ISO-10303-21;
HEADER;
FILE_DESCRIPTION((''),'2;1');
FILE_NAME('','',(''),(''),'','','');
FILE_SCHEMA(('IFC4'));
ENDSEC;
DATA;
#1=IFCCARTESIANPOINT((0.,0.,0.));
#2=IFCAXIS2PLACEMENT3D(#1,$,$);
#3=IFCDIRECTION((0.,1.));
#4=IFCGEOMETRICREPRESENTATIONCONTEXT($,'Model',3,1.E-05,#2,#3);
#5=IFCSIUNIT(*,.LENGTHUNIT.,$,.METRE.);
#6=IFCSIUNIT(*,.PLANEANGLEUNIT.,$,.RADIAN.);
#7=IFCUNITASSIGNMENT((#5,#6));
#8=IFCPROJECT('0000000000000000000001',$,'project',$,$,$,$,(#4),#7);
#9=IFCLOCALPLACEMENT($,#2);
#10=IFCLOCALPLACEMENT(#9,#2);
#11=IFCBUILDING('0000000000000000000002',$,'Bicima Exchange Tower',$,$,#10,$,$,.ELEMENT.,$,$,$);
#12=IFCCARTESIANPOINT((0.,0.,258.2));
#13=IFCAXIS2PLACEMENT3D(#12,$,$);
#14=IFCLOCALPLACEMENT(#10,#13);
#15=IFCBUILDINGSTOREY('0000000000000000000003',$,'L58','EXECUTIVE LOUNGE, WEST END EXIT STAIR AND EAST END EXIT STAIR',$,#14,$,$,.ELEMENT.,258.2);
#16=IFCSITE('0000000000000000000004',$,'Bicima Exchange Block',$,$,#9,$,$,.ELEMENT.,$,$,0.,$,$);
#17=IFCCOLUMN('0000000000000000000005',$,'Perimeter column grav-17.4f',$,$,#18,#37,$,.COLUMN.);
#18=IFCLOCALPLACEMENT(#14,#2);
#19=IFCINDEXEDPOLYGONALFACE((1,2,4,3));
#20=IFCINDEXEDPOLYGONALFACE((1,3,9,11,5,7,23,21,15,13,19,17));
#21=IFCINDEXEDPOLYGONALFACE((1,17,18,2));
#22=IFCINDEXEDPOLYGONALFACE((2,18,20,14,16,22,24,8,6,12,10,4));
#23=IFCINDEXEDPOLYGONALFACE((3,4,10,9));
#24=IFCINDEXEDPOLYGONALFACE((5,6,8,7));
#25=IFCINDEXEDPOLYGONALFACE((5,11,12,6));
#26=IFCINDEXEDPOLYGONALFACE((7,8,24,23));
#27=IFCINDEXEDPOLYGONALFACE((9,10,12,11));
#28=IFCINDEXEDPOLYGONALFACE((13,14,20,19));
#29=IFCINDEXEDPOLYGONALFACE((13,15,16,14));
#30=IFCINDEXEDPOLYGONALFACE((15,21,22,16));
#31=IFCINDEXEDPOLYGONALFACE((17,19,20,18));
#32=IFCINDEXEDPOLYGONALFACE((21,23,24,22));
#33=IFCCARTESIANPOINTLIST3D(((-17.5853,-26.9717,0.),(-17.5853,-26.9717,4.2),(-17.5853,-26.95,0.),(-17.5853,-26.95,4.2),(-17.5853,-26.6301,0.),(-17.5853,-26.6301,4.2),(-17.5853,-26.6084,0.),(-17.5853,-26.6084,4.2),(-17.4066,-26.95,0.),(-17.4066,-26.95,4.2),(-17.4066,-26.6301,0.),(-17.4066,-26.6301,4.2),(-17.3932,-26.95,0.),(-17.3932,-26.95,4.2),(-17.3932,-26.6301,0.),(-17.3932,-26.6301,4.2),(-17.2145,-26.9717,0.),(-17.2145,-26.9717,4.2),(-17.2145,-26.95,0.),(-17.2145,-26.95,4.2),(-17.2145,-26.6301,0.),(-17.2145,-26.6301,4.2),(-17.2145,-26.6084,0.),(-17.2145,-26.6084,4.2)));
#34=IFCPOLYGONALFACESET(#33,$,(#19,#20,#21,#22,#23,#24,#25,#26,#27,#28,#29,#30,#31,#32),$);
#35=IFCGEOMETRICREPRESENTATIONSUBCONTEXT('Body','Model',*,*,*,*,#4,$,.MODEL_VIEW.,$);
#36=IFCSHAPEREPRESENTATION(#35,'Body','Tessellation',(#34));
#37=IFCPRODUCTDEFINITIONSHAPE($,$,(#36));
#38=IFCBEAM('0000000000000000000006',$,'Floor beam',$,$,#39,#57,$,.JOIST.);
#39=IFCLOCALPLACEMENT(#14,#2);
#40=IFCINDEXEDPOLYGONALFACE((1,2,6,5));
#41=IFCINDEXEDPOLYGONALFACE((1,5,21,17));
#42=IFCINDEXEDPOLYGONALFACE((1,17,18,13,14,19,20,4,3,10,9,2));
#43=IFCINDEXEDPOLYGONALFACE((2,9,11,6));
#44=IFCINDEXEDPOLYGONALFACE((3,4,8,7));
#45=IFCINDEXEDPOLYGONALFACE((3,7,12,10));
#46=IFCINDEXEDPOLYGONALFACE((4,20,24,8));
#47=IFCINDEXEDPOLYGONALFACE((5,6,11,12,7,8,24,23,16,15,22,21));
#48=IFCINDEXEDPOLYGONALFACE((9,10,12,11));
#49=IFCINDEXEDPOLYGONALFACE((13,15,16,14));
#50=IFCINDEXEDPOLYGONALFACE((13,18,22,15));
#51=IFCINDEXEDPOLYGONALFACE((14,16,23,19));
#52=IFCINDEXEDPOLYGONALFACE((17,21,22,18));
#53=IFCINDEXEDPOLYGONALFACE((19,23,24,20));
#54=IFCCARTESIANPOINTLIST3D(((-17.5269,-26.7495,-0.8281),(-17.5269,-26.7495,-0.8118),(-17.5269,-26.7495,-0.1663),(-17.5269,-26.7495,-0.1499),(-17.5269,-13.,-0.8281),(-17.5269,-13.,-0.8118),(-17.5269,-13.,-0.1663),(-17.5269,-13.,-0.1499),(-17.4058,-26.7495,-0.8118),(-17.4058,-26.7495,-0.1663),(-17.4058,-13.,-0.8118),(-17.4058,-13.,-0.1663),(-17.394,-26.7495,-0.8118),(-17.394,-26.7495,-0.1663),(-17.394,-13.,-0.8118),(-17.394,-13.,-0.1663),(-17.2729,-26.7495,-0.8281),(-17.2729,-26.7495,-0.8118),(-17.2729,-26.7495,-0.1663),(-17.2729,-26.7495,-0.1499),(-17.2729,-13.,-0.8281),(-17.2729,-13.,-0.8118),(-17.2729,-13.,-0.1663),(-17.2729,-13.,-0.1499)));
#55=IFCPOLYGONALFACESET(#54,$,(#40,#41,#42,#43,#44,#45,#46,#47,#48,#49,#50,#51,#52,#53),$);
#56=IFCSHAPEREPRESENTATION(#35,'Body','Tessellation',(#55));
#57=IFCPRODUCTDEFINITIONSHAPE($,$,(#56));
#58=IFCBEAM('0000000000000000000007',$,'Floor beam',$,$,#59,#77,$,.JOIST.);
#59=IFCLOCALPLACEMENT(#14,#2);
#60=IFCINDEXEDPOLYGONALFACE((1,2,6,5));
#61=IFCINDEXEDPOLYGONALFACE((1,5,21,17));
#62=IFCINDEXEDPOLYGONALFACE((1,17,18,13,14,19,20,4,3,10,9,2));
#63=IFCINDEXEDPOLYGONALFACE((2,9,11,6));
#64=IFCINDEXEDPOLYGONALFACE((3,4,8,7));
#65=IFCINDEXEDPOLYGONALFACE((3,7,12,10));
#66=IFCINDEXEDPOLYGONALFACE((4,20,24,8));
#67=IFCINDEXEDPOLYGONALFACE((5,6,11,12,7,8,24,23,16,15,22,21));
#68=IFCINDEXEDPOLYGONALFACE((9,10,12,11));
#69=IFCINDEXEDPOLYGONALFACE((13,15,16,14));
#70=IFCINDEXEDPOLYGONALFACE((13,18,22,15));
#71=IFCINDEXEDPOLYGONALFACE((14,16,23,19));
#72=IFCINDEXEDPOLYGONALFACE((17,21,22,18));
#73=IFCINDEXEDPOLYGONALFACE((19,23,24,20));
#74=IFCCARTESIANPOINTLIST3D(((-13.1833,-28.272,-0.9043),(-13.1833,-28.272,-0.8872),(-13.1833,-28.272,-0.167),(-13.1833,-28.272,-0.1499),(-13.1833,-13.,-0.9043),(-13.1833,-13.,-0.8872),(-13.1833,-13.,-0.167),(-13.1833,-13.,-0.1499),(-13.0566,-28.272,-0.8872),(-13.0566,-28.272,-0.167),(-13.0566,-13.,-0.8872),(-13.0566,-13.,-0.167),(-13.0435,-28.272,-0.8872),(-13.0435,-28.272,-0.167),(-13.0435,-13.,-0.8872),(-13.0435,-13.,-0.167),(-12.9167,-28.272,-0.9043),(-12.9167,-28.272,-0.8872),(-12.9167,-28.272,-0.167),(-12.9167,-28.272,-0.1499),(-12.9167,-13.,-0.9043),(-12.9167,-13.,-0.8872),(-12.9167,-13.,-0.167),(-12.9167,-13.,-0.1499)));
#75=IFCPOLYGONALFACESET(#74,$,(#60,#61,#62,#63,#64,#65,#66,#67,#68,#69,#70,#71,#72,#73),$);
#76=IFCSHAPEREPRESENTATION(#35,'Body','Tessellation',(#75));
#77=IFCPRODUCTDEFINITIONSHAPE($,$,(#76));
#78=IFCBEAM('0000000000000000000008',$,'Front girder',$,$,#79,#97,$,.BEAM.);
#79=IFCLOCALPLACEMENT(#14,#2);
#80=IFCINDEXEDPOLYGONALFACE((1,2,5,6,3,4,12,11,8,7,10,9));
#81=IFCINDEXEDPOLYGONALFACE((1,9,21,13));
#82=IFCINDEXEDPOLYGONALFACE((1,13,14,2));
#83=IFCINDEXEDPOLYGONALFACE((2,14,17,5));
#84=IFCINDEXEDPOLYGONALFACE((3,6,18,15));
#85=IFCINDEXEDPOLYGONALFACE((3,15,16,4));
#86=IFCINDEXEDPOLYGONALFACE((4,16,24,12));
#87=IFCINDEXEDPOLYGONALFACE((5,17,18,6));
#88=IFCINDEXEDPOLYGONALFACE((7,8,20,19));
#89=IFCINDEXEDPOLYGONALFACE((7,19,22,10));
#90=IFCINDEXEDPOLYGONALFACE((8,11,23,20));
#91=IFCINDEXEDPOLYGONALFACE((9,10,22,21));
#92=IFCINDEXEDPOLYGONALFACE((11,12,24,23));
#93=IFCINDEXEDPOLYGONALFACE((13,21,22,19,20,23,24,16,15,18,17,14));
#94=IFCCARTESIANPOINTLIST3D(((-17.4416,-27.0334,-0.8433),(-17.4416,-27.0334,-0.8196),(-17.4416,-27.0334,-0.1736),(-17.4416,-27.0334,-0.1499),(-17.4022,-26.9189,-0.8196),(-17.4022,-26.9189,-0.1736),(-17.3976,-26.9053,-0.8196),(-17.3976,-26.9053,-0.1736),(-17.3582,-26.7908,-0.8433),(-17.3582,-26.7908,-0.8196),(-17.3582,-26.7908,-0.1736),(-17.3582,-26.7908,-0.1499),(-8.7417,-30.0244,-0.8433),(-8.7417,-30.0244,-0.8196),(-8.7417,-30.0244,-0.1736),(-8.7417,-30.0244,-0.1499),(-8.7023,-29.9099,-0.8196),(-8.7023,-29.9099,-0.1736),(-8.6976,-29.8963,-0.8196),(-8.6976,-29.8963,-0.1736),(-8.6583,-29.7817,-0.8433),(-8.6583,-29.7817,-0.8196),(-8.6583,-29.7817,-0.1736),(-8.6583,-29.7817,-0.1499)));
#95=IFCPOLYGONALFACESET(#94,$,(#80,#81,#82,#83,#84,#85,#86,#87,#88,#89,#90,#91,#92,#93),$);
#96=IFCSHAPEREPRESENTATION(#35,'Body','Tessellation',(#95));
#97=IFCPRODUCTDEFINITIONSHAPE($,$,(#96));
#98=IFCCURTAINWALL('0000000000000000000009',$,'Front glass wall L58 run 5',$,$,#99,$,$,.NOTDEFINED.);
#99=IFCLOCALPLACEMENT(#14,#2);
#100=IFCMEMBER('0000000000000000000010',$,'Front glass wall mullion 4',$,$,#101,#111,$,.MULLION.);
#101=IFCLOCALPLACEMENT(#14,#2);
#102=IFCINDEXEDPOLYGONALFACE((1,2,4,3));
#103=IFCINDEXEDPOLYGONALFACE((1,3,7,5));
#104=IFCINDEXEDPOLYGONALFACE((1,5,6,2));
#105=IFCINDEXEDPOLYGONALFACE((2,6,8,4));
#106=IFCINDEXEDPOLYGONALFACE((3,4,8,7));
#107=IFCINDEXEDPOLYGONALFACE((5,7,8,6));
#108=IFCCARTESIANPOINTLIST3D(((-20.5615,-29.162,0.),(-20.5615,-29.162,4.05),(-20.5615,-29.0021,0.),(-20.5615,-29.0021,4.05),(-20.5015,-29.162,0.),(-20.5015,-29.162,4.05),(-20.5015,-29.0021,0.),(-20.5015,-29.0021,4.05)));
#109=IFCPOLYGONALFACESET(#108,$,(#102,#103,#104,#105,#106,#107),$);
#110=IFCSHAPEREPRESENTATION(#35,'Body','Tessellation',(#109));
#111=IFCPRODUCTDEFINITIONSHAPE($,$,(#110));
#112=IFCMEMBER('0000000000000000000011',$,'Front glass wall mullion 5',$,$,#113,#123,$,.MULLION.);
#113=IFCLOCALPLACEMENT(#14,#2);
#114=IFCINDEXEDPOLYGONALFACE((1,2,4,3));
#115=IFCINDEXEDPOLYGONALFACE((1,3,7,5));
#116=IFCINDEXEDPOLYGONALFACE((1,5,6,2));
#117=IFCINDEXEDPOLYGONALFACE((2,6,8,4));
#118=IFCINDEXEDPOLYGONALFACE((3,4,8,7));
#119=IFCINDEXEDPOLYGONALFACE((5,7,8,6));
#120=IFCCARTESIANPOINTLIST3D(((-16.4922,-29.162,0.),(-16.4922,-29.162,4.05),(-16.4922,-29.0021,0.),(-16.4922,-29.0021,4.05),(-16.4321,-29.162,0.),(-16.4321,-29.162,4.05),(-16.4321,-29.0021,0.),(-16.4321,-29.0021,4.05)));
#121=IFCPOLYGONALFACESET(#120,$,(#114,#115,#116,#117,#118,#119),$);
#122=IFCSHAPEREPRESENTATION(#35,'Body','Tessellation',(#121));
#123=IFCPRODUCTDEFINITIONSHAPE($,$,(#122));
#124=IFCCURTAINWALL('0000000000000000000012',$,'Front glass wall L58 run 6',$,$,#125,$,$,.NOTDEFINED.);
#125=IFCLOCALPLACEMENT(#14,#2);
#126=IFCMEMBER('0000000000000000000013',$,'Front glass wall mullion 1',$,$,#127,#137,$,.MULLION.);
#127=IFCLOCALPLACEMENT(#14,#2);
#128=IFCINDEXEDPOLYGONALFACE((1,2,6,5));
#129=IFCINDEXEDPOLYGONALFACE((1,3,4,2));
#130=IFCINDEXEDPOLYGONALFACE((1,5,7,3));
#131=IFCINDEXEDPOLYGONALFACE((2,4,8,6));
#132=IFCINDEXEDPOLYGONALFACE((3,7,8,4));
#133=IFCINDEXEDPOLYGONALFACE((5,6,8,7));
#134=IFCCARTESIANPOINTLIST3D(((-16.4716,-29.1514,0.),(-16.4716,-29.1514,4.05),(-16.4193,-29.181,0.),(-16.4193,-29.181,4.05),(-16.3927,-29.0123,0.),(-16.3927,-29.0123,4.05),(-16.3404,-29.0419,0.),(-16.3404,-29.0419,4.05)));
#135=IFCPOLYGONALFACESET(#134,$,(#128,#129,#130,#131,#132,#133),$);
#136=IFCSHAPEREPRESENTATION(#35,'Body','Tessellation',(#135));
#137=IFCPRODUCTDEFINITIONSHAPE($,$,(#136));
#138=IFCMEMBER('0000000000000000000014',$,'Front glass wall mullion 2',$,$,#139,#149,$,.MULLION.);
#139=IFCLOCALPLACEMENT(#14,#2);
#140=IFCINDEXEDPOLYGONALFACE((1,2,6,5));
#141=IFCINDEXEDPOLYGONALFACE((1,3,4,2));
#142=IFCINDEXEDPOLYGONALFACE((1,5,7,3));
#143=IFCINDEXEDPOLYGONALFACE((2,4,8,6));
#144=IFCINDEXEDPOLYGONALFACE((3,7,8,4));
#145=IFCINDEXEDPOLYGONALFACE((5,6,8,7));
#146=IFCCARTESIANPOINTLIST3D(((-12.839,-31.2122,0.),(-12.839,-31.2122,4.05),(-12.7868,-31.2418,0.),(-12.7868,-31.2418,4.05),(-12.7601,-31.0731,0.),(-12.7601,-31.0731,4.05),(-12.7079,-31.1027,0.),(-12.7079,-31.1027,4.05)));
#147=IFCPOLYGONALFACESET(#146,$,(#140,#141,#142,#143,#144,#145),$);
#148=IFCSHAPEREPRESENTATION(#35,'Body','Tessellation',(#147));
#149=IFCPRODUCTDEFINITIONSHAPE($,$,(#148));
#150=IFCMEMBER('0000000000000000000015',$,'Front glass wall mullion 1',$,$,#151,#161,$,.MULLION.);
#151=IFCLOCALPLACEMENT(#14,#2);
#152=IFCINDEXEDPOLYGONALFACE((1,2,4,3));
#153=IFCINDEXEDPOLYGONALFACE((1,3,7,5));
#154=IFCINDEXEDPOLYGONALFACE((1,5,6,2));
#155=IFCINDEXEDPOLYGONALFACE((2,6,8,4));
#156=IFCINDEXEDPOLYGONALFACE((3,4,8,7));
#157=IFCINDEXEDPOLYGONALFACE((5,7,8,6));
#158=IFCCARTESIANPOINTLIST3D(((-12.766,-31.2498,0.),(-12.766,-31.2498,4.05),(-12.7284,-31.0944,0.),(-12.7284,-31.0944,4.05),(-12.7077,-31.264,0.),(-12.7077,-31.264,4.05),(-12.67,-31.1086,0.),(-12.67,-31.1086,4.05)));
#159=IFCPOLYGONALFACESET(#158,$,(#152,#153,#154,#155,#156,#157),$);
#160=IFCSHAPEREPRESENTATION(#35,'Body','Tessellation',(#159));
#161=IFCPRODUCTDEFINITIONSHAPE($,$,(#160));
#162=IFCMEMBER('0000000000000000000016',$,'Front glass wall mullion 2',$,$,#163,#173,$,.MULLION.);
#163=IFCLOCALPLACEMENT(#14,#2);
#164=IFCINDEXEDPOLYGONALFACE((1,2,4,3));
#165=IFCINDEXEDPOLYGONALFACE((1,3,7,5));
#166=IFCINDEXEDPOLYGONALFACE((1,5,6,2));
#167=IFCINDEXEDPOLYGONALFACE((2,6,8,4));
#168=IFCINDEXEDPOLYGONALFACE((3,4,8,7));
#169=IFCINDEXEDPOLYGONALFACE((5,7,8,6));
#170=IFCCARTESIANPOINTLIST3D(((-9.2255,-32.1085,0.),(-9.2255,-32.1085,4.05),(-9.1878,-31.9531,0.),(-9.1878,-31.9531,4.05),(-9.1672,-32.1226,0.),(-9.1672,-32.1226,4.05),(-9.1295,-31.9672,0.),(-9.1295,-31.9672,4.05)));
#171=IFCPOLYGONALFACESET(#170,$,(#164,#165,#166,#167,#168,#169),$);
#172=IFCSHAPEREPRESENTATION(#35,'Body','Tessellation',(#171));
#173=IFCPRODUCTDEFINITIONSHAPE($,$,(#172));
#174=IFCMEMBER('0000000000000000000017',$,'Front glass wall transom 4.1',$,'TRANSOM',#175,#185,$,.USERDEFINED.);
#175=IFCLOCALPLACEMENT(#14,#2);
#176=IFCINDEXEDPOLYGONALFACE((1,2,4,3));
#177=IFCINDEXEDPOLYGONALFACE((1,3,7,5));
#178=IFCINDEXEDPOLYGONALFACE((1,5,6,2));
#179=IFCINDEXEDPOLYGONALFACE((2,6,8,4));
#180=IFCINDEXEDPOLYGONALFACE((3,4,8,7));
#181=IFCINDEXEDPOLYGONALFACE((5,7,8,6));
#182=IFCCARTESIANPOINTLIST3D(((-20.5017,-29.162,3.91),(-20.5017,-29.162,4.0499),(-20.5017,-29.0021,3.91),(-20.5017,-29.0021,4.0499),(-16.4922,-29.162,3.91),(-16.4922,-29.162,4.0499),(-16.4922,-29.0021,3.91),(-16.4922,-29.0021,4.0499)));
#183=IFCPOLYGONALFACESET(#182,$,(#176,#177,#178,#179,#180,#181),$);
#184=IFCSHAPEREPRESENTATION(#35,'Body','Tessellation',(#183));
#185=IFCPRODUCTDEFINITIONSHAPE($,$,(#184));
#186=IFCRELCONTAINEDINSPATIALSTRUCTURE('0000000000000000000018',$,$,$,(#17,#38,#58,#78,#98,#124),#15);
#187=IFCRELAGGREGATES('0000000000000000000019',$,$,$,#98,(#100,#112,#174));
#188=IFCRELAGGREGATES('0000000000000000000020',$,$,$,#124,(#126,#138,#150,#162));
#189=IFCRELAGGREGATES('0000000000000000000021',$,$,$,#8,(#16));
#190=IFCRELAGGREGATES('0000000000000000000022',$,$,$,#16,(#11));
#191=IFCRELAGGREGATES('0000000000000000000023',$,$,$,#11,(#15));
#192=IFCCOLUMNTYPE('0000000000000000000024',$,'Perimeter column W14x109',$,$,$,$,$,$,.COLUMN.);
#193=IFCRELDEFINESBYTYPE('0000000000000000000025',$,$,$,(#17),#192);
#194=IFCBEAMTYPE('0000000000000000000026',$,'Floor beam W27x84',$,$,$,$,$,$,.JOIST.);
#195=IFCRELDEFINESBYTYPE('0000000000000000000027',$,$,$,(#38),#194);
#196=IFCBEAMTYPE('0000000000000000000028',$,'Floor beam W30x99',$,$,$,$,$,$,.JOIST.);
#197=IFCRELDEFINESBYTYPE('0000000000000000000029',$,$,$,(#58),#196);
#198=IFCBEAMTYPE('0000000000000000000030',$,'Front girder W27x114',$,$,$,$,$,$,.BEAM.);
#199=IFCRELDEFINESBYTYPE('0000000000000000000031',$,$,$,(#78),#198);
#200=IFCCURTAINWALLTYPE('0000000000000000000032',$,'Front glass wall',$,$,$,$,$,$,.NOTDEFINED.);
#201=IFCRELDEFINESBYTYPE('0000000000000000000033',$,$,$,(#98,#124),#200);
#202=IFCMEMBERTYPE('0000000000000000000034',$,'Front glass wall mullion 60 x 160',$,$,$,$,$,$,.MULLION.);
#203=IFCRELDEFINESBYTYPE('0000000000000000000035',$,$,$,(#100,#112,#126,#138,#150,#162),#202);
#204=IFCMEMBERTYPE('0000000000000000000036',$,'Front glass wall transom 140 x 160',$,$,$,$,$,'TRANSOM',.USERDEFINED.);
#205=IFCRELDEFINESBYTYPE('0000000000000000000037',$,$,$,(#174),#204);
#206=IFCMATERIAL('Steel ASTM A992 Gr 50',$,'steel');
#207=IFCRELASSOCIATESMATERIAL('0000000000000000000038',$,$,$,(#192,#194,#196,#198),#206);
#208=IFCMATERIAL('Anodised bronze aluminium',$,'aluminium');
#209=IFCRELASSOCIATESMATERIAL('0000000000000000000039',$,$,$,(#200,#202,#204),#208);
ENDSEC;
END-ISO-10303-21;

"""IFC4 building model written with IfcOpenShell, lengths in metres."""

from ifc_helpers import new_model, si_unit, direction, frame, origin, origin_2d, place, context, subcontext, project, spatial, rectangle, i_section, extrude, material, material_profile, profile_set, type_object, element, aggregate, save


model = new_model("IFC4")

# Units and contexts
model_context = context("Model", 3, precision=1e-05, world=origin(), true_north=direction((0.0, 1.0)))
body_context = subcontext(model_context, "Body", "Model", "MODEL_VIEW")
ifc_project = project(units=[si_unit("LENGTHUNIT", "METRE"), si_unit("PLANEANGLEUNIT", "RADIAN")], contexts=[model_context])

# Site, building, storey
site_placement = place(None, origin())
site = spatial("IfcSite", under=ifc_project, at=site_placement, Name="Bicima Exchange Block", CompositionType="ELEMENT", RefElevation=0.0)
building_placement = place(site_placement, origin())
building = spatial("IfcBuilding", under=site, at=building_placement, Name="Bicima Exchange Tower", CompositionType="ELEMENT")
storey_placement = place(building_placement, frame((0.0, 0.0, 258.2)))
storey = spatial("IfcBuildingStorey", under=building, at=storey_placement, Name="L58", Description="EXECUTIVE LOUNGE, WEST END EXIT STAIR AND EAST END EXIT STAIR", CompositionType="ELEMENT", Elevation=258.2)

# Column
ifc_material_1 = material(Name="Steel ASTM A992 Gr 50", Category="steel")
ifc_material_profile_1 = material_profile(ifc_material_1, i_section(OverallWidth=0.3708, OverallDepth=0.3633, WebThickness=0.0134, FlangeThickness=0.0217, at=origin_2d()))
ifc_profile_set_1 = profile_set([ifc_material_profile_1], Name="Steel ASTM A992 Gr 50")
column_type = type_object("IfcColumnType", Name="Perimeter column W14x109", PredefinedType="COLUMN", material=ifc_profile_set_1)
column_placement = place(storey_placement, frame((-17.3999, -26.79, 0.0), z_axis=(0.0, 0.0, 1.0), x_axis=(1.0, 0.0, 0.0)))
element("IfcColumn", 1, at=column_placement, inside=storey, type_object=column_type, Name="Perimeter column grav-17.4f", PredefinedType="COLUMN", context=body_context, shape_type="SweptSolid", body=[
    extrude(i_section(OverallWidth=0.3708, OverallDepth=0.3633, WebThickness=0.0134, FlangeThickness=0.0217, at=origin_2d()), origin(), (0.0, 0.0, 1.0), 4.2),
])

# Beams
ifc_material_profile_2 = material_profile(ifc_material_1, i_section(OverallWidth=0.2539, OverallDepth=0.6782, WebThickness=0.0117, FlangeThickness=0.0164, at=origin_2d()))
ifc_profile_set_2 = profile_set([ifc_material_profile_2], Name="Steel ASTM A992 Gr 50")
beam_type_1 = type_object("IfcBeamType", Name="Floor beam W27x84", PredefinedType="JOIST", material=ifc_profile_set_2)
beam_1_placement = place(storey_placement, frame((-17.3999, -13.0, -0.489), z_axis=(0.0, -1.0, 0.0), x_axis=(1.0, 0.0, 0.0)))
element("IfcBeam", 2, at=beam_1_placement, inside=storey, type_object=beam_type_1, Name="Floor beam", PredefinedType="JOIST", context=body_context, shape_type="SweptSolid", body=[
    extrude(i_section(OverallWidth=0.2539, OverallDepth=0.6782, WebThickness=0.0117, FlangeThickness=0.0164, at=origin_2d()), origin(), (0.0, 0.0, 1.0), 13.7495),
])
ifc_material_profile_3 = material_profile(ifc_material_1, i_section(OverallWidth=0.2666, OverallDepth=0.7544, WebThickness=0.0132, FlangeThickness=0.0171, at=origin_2d()))
ifc_profile_set_3 = profile_set([ifc_material_profile_3], Name="Steel ASTM A992 Gr 50")
beam_type_2 = type_object("IfcBeamType", Name="Floor beam W30x99", PredefinedType="JOIST", material=ifc_profile_set_3)
beam_2_placement = place(storey_placement, frame((-13.05, -13.0, -0.5271), z_axis=(0.0, -1.0, 0.0), x_axis=(1.0, 0.0, 0.0)))
element("IfcBeam", 3, at=beam_2_placement, inside=storey, type_object=beam_type_2, Name="Floor beam", PredefinedType="JOIST", context=body_context, shape_type="SweptSolid", body=[
    extrude(i_section(OverallWidth=0.2666, OverallDepth=0.7544, WebThickness=0.0132, FlangeThickness=0.0171, at=origin_2d()), origin(), (0.0, 0.0, 1.0), 15.272),
])
ifc_material_profile_4 = material_profile(ifc_material_1, i_section(OverallWidth=0.2566, OverallDepth=0.6934, WebThickness=0.0144, FlangeThickness=0.0237, at=origin_2d()))
ifc_profile_set_4 = profile_set([ifc_material_profile_4], Name="Steel ASTM A992 Gr 50")
beam_type_3 = type_object("IfcBeamType", Name="Front girder W27x114", PredefinedType="BEAM", material=ifc_profile_set_4)
beam_3_placement = place(storey_placement, frame((-17.3999, -26.9121, -0.4966), z_axis=(0.945675, -0.325115, 0.0), x_axis=(0.325115, 0.945675, 0.0)))
element("IfcBeam", 4, at=beam_3_placement, inside=storey, type_object=beam_type_3, Name="Front girder", PredefinedType="BEAM", context=body_context, shape_type="SweptSolid", body=[
    extrude(i_section(OverallWidth=0.2566, OverallDepth=0.6934, WebThickness=0.0144, FlangeThickness=0.0237, at=origin_2d()), origin(), (0.0, 0.0, 1.0), 9.1997),
])

# Curtain walls, members
ifc_material_2 = material(Name="Anodised bronze aluminium", Category="aluminium")
curtain_wall_type = type_object("IfcCurtainWallType", Name="Front glass wall", PredefinedType="NOTDEFINED", material=ifc_material_2)
curtain_wall_1_placement = place(storey_placement, origin())
curtain_wall_1 = element("IfcCurtainWall", 5, at=curtain_wall_1_placement, inside=storey, type_object=curtain_wall_type, Name="Front glass wall L58 run 5", PredefinedType="NOTDEFINED")
ifc_material_profile_5 = material_profile(ifc_material_2, rectangle(XDim=0.1599, YDim=0.0601, at=origin_2d()))
ifc_profile_set_5 = profile_set([ifc_material_profile_5], Name="Anodised bronze aluminium")
member_type_1 = type_object("IfcMemberType", Name="Front glass wall mullion 60 x 160", PredefinedType="MULLION", material=ifc_profile_set_5)
member_1_placement = place(storey_placement, frame((-20.5315, -29.082, 0.0), z_axis=(0.0, 0.0, 1.0), x_axis=(0.0, 1.0, 0.0)))
member_1 = element("IfcMember", 6, at=member_1_placement, type_object=member_type_1, Name="Front glass wall mullion 4", PredefinedType="MULLION", context=body_context, shape_type="SweptSolid", body=[
    extrude(rectangle(XDim=0.1599, YDim=0.0601, at=origin_2d()), origin(), (0.0, 0.0, 1.0), 4.05),
])
member_2_placement = place(storey_placement, frame((-16.4622, -29.082, 0.0), z_axis=(0.0, 0.0, 1.0), x_axis=(0.0, 1.0, 0.0)))
member_2 = element("IfcMember", 7, at=member_2_placement, type_object=member_type_1, Name="Front glass wall mullion 5", PredefinedType="MULLION", context=body_context, shape_type="SweptSolid", body=[
    extrude(rectangle(XDim=0.1599, YDim=0.0601, at=origin_2d()), origin(), (0.0, 0.0, 1.0), 4.05),
])
curtain_wall_2_placement = place(storey_placement, origin())
curtain_wall_2 = element("IfcCurtainWall", 8, at=curtain_wall_2_placement, inside=storey, type_object=curtain_wall_type, Name="Front glass wall L58 run 6", PredefinedType="NOTDEFINED")
member_3_placement = place(storey_placement, frame((-16.406, -29.0967, 0.0), z_axis=(0.0, 0.0, 1.0), x_axis=(0.493395, 0.869805, 0.0)))
member_3 = element("IfcMember", 9, at=member_3_placement, type_object=member_type_1, Name="Front glass wall mullion 1", PredefinedType="MULLION", context=body_context, shape_type="SweptSolid", body=[
    extrude(rectangle(XDim=0.1599, YDim=0.0601, at=origin_2d()), origin(), (0.0, 0.0, 1.0), 4.05),
])
member_4_placement = place(storey_placement, frame((-12.7734, -31.1575, 0.0), z_axis=(0.0, 0.0, 1.0), x_axis=(0.493395, 0.869805, 0.0)))
member_4 = element("IfcMember", 10, at=member_4_placement, type_object=member_type_1, Name="Front glass wall mullion 2", PredefinedType="MULLION", context=body_context, shape_type="SweptSolid", body=[
    extrude(rectangle(XDim=0.1599, YDim=0.0601, at=origin_2d()), origin(), (0.0, 0.0, 1.0), 4.05),
])
member_5_placement = place(storey_placement, frame((-12.718, -31.1792, 0.0), z_axis=(0.0, 0.0, 1.0), x_axis=(0.235682, 0.97183, 0.0)))
member_5 = element("IfcMember", 11, at=member_5_placement, type_object=member_type_1, Name="Front glass wall mullion 1", PredefinedType="MULLION", context=body_context, shape_type="SweptSolid", body=[
    extrude(rectangle(XDim=0.1599, YDim=0.0601, at=origin_2d()), origin(), (0.0, 0.0, 1.0), 4.05),
])
member_6_placement = place(storey_placement, frame((-9.1775, -32.0378, 0.0), z_axis=(0.0, 0.0, 1.0), x_axis=(0.235682, 0.97183, 0.0)))
member_6 = element("IfcMember", 12, at=member_6_placement, type_object=member_type_1, Name="Front glass wall mullion 2", PredefinedType="MULLION", context=body_context, shape_type="SweptSolid", body=[
    extrude(rectangle(XDim=0.1599, YDim=0.0601, at=origin_2d()), origin(), (0.0, 0.0, 1.0), 4.05),
])

# Member
ifc_material_profile_6 = material_profile(ifc_material_2, rectangle(XDim=0.1599, YDim=0.1399, at=origin_2d()))
ifc_profile_set_6 = profile_set([ifc_material_profile_6], Name="Anodised bronze aluminium")
member_type_2 = type_object("IfcMemberType", Name="Front glass wall transom 140 x 160", ElementType="TRANSOM", PredefinedType="USERDEFINED", material=ifc_profile_set_6)
member_7_placement = place(storey_placement, frame((-20.5017, -29.082, 3.98), z_axis=(1.0, 0.0, 0.0), x_axis=(0.0, 1.0, 0.0)))
member_7 = element("IfcMember", 13, at=member_7_placement, type_object=member_type_2, Name="Front glass wall transom 4.1", ObjectType="TRANSOM", PredefinedType="USERDEFINED", context=body_context, shape_type="SweptSolid", body=[
    extrude(rectangle(XDim=0.1599, YDim=0.1399, at=origin_2d()), origin(), (0.0, 0.0, 1.0), 4.0095),
])

aggregate(curtain_wall_1, [member_1, member_2, member_7])
aggregate(curtain_wall_2, [member_3, member_4, member_5, member_6])

save(model, "model.ifc")
